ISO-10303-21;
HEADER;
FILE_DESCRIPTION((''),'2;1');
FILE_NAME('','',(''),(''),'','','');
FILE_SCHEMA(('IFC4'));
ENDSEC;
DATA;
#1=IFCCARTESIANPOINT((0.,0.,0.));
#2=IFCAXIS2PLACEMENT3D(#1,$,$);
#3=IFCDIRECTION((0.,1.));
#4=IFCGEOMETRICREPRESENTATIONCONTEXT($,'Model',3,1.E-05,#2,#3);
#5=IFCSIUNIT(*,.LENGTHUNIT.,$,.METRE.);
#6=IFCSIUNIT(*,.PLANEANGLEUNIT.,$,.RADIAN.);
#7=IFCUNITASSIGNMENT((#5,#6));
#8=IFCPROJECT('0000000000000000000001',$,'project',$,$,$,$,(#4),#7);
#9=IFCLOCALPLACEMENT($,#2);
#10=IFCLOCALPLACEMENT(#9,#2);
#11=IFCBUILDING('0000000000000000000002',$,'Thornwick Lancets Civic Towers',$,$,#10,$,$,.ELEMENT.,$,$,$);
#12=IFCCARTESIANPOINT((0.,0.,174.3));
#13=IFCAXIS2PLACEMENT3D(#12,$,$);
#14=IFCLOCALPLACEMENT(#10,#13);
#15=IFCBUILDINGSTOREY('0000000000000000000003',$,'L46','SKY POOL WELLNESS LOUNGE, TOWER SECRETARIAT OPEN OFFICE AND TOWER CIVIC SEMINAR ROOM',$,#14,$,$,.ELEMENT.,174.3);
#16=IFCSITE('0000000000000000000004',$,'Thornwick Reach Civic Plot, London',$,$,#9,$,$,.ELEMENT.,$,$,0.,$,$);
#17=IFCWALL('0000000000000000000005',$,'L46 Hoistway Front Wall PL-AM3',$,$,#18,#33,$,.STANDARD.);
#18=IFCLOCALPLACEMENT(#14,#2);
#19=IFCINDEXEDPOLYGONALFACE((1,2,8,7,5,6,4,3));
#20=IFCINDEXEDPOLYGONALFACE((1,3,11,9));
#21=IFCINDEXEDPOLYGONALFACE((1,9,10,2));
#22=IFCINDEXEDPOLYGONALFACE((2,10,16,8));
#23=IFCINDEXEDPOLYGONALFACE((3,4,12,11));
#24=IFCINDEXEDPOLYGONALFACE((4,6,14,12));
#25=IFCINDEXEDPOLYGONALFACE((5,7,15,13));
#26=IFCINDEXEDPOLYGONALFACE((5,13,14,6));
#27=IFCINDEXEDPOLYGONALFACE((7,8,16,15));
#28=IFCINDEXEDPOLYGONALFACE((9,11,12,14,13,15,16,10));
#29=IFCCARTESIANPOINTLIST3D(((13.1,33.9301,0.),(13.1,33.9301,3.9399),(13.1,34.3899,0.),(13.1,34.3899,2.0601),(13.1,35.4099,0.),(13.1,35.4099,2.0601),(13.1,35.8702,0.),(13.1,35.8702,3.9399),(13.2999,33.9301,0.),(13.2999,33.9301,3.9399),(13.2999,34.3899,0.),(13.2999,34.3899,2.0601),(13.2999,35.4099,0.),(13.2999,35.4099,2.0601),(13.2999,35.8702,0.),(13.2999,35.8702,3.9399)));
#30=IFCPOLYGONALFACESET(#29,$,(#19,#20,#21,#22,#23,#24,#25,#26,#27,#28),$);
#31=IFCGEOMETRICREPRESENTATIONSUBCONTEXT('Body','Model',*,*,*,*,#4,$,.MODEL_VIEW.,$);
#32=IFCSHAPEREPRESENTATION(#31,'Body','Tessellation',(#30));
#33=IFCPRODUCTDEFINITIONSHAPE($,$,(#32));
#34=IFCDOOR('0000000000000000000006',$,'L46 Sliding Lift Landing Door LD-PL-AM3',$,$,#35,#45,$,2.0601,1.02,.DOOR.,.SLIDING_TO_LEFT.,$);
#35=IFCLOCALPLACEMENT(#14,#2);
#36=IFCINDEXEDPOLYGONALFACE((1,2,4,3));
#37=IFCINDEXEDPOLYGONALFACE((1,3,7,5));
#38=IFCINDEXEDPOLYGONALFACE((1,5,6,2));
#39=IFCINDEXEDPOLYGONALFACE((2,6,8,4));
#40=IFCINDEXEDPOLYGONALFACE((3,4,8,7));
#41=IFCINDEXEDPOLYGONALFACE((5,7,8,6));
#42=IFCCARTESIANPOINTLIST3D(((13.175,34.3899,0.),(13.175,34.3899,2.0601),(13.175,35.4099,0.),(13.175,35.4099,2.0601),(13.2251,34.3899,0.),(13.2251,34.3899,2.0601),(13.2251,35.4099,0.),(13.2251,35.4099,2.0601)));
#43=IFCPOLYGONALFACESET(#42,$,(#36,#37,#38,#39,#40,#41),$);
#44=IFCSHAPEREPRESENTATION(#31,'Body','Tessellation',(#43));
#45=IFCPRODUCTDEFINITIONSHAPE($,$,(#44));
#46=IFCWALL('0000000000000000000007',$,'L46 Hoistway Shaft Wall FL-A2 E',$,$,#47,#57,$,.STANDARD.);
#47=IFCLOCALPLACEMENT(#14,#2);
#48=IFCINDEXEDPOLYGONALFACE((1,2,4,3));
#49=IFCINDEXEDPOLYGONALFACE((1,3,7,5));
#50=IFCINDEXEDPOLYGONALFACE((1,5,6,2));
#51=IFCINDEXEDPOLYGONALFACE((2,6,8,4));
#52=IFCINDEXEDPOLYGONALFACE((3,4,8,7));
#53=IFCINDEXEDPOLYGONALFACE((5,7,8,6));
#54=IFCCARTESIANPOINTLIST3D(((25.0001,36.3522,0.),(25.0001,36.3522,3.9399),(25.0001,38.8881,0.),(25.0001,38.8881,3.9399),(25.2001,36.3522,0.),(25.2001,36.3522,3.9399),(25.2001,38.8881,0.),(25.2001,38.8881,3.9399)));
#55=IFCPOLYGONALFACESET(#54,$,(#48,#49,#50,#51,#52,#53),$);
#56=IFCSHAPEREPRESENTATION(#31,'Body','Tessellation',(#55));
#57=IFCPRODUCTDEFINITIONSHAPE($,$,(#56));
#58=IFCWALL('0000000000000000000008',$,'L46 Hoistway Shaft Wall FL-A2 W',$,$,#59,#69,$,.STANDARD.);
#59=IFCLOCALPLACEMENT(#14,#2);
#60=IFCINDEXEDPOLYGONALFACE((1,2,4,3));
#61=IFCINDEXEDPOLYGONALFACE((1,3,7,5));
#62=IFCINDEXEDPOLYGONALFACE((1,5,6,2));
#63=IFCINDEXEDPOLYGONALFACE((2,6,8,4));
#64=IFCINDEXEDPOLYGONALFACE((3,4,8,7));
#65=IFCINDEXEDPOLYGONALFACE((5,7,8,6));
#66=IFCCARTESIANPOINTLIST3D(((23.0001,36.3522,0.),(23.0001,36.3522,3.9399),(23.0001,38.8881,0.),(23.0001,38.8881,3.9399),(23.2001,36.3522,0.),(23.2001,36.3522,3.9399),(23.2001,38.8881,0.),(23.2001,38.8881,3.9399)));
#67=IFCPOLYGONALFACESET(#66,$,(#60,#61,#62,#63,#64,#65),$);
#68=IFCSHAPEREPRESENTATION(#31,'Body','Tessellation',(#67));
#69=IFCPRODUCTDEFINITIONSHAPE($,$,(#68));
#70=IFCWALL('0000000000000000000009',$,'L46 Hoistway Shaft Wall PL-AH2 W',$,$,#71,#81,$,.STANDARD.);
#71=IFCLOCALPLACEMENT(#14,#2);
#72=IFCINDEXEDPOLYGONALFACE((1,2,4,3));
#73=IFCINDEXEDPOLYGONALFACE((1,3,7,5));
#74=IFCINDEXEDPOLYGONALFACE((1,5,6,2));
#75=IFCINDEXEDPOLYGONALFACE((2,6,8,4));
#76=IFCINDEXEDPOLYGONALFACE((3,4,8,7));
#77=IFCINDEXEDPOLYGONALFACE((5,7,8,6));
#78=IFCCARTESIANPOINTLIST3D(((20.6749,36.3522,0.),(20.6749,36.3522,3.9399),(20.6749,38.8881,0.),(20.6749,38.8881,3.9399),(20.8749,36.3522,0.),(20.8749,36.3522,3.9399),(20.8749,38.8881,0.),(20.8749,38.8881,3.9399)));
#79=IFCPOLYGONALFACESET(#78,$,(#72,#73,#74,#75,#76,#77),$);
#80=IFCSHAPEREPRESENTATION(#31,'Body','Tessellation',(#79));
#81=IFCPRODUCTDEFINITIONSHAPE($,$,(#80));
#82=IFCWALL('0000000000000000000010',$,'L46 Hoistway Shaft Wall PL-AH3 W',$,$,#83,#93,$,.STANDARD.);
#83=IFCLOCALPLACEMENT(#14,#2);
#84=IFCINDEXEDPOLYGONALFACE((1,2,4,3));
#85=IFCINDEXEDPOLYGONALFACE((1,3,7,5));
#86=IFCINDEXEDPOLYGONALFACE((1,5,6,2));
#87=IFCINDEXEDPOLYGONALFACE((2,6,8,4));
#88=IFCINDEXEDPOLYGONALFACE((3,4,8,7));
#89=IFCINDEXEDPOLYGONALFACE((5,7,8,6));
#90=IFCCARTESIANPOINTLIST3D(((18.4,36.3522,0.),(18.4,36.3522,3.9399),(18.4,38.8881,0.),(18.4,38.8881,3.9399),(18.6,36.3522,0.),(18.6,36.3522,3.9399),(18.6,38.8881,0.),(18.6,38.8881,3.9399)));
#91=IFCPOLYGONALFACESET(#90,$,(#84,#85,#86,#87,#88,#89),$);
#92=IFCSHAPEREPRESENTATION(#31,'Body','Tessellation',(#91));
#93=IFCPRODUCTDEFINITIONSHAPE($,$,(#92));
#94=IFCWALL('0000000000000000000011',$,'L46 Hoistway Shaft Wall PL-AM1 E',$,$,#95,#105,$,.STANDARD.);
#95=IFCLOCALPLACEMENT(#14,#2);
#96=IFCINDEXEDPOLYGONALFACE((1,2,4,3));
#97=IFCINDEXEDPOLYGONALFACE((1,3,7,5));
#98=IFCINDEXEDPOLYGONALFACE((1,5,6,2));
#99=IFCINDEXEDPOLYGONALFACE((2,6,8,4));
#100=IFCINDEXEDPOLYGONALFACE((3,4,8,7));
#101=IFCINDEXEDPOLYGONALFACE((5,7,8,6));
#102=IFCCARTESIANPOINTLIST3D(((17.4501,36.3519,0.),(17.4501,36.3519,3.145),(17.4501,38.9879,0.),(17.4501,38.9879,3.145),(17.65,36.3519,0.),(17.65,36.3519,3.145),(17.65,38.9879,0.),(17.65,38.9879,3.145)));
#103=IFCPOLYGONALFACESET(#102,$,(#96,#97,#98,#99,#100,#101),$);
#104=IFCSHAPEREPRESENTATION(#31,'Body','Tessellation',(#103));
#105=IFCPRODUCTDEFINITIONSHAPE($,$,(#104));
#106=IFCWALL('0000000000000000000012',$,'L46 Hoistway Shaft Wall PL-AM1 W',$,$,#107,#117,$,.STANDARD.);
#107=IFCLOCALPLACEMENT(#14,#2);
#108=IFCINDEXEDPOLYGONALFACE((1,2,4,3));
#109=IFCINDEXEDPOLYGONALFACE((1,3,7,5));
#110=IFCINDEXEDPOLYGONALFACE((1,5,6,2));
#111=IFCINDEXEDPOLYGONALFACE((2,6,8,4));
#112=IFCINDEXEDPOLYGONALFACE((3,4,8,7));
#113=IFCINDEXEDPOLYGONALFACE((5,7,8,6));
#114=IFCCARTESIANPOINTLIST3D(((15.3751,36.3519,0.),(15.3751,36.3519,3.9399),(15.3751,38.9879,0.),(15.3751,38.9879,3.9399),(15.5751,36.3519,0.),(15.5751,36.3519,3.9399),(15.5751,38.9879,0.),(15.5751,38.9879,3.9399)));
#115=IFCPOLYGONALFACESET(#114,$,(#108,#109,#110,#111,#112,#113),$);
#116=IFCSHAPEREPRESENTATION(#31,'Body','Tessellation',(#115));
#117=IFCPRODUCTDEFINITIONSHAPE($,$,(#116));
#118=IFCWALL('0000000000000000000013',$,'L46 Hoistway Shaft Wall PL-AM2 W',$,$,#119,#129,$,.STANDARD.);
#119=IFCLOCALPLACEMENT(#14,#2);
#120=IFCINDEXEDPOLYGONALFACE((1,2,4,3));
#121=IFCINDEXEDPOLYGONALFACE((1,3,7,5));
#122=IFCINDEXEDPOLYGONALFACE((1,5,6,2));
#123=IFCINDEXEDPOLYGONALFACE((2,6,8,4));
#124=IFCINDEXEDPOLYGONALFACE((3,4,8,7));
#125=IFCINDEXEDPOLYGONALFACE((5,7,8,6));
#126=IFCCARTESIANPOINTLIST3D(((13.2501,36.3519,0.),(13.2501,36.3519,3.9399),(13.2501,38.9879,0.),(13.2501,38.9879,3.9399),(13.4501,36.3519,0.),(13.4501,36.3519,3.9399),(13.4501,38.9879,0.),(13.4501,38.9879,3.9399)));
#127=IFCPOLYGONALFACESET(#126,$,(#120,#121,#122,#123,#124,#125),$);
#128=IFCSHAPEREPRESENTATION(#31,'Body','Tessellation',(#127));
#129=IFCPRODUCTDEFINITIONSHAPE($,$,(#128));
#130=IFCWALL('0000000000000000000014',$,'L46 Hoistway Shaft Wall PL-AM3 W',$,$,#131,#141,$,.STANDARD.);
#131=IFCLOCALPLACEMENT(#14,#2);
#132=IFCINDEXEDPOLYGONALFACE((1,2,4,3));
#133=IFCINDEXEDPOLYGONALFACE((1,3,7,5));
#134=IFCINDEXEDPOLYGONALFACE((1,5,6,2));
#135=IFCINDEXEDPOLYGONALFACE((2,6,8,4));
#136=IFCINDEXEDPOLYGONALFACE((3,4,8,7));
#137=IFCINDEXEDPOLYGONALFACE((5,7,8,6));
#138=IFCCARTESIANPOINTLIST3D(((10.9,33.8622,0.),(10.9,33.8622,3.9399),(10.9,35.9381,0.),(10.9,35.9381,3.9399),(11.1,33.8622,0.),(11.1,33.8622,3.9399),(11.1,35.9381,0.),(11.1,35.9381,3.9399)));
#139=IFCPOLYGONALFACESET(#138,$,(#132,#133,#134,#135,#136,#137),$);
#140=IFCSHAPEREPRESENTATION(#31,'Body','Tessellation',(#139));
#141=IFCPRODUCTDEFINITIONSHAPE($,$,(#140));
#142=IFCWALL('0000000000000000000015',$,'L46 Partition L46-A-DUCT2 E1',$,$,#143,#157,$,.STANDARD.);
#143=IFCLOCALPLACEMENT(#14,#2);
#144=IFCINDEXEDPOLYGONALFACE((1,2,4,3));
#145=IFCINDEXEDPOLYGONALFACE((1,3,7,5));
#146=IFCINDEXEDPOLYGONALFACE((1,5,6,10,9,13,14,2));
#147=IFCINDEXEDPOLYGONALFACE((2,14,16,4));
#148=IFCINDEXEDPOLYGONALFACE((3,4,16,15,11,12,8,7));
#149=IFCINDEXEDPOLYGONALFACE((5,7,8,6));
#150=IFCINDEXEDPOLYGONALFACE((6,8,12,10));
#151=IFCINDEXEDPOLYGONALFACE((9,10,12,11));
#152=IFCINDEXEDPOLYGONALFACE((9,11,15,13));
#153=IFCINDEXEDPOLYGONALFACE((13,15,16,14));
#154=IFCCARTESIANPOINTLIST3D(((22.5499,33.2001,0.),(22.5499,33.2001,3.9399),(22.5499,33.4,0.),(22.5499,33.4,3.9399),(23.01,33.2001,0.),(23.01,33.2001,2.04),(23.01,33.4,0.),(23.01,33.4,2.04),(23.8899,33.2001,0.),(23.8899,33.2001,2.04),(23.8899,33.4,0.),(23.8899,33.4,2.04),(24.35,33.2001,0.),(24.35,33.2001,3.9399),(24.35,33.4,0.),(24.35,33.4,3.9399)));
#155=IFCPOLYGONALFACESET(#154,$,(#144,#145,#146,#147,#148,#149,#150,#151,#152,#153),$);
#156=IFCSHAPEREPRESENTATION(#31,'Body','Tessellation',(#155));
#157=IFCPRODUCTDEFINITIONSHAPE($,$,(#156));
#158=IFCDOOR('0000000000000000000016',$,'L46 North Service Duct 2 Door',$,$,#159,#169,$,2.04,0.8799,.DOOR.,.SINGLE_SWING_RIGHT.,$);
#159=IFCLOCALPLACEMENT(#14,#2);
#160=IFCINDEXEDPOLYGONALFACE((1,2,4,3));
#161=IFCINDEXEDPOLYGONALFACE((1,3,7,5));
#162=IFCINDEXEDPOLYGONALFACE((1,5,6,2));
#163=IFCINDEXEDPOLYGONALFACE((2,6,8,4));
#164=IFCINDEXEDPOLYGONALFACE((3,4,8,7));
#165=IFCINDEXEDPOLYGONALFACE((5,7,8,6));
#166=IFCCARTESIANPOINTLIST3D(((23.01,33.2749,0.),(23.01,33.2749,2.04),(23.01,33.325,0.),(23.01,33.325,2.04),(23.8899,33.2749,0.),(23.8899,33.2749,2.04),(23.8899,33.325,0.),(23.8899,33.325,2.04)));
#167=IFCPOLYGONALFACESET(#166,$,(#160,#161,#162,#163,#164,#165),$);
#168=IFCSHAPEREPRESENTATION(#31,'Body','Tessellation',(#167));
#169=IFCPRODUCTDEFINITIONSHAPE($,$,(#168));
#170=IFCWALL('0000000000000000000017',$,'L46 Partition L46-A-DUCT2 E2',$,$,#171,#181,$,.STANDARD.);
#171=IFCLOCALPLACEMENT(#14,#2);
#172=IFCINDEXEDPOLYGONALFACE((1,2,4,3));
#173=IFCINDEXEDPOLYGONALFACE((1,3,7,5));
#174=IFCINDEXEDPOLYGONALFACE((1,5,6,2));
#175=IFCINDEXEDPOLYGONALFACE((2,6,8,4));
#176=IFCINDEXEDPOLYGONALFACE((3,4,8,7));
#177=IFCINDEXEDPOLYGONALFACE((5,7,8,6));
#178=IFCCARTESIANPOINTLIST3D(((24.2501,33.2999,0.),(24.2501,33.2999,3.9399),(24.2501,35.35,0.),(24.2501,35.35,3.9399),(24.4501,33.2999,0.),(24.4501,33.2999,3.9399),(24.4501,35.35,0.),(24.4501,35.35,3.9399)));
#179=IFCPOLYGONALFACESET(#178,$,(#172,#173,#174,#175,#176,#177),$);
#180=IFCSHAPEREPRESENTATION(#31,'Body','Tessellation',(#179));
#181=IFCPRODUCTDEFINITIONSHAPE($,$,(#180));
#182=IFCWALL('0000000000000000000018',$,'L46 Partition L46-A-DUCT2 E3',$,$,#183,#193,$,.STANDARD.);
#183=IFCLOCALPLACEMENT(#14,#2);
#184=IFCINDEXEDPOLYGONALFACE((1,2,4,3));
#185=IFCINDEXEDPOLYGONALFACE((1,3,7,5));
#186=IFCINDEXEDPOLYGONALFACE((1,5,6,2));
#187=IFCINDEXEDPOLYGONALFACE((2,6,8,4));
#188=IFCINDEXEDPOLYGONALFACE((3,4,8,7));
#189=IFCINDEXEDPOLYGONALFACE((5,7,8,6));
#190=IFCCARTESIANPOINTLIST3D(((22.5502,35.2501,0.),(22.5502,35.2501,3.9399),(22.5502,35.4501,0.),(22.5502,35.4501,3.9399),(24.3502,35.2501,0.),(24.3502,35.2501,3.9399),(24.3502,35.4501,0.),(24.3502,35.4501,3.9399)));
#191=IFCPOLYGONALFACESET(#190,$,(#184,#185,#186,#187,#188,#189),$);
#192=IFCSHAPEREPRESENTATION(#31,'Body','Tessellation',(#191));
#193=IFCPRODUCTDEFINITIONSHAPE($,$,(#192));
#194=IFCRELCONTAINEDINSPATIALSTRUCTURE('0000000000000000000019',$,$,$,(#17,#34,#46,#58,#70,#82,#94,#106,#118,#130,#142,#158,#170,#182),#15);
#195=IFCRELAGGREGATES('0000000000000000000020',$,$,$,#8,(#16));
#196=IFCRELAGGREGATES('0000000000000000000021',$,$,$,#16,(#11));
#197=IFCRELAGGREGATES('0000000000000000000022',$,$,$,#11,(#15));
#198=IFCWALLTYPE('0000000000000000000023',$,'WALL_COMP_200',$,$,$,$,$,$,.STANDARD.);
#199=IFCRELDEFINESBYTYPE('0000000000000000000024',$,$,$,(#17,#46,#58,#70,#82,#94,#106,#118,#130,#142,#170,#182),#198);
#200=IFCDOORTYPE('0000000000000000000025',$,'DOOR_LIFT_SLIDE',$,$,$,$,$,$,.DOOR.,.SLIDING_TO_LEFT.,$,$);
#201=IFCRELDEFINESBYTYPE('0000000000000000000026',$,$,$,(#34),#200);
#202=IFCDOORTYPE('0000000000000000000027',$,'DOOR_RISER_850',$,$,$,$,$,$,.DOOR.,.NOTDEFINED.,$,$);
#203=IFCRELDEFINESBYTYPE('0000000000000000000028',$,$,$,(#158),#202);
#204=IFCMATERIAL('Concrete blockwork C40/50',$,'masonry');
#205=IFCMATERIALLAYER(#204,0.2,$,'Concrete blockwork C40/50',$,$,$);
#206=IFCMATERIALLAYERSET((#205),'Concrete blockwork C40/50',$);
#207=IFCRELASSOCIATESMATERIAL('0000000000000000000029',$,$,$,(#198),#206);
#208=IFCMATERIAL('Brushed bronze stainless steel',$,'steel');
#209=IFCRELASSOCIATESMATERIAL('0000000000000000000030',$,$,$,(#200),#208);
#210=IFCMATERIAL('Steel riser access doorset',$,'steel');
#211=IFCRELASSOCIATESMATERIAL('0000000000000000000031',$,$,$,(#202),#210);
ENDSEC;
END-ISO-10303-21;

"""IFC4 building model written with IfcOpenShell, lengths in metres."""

from ifc_helpers import new_model, si_unit, direction, frame, frame_2d, origin, place, context, subcontext, project, spatial, rectangle, extrude, material, layer, layer_set, type_object, element, fill, save


model = new_model("IFC4")

# Units and contexts
model_context = context("Model", 3, precision=1e-05, world=origin(), true_north=direction((0.0, 1.0)))
body_context = subcontext(model_context, "Body", "Model", "MODEL_VIEW")
ifc_project = project(units=[si_unit("LENGTHUNIT", "METRE"), si_unit("PLANEANGLEUNIT", "RADIAN")], contexts=[model_context])

# Site, building, storey
site_placement = place(None, origin())
site = spatial("IfcSite", under=ifc_project, at=site_placement, Name="Thornwick Reach Civic Plot, London", CompositionType="ELEMENT", RefElevation=0.0)
building_placement = place(site_placement, origin())
building = spatial("IfcBuilding", under=site, at=building_placement, Name="Thornwick Lancets Civic Towers", CompositionType="ELEMENT")
storey_placement = place(building_placement, frame((0.0, 0.0, 174.3)))
storey = spatial("IfcBuildingStorey", under=building, at=storey_placement, Name="L46", Description="SKY POOL WELLNESS LOUNGE, TOWER SECRETARIAT OPEN OFFICE AND TOWER CIVIC SEMINAR ROOM", CompositionType="ELEMENT", Elevation=174.3)

# Wall, opening, door
ifc_material_1 = material(Name="Concrete blockwork C40/50", Category="masonry")
ifc_layer_1 = layer(ifc_material_1, 0.2, Name="Concrete blockwork C40/50")
ifc_layer_set_1 = layer_set([ifc_layer_1], Name="Concrete blockwork C40/50")
wall_type_1 = type_object("IfcWallType", Name="WALL_COMP_200", PredefinedType="STANDARD", material=ifc_layer_set_1)
ifc_material_2 = material(Name="Brushed bronze stainless steel", Category="steel")
door_type_1 = type_object("IfcDoorType", Name="DOOR_LIFT_SLIDE", OperationType="SLIDING_TO_LEFT", PredefinedType="DOOR", material=ifc_material_2)
wall_1_placement = place(storey_placement, frame((13.2, 33.9299, 0.0), z_axis=(0.0, 0.0, 1.0), x_axis=(0.0, 1.0, 0.0)))
wall_1 = element("IfcWall", 1, at=wall_1_placement, inside=storey, type_object=wall_type_1, Name="L46 Hoistway Front Wall PL-AM3", PredefinedType="STANDARD", context=body_context, shape_type="SweptSolid", body=[
    extrude(rectangle(XDim=1.9402, YDim=0.2, at=frame_2d((0.9702, 0.0))), origin(), (0.0, 0.0, 1.0), 3.9399),
])
opening_1_placement = place(wall_1_placement, frame((0.46, 0.0, 0.0)))
opening_1 = element("IfcOpeningElement", 2, at=opening_1_placement, cuts=wall_1, PredefinedType="OPENING", context=body_context, shape_type="SweptSolid", body=[
    extrude(rectangle(XDim=1.02, YDim=2.0601, at=frame_2d((0.51, 1.03))), frame((0.0, 0.1099, 0.0), z_axis=(0.0, -1.0, 0.0), x_axis=(1.0, 0.0, 0.0)), (0.0, 0.0, 1.0), 0.22),
])
door_1_placement = place(opening_1_placement, origin())
door_1 = element("IfcDoor", 3, at=door_1_placement, inside=storey, type_object=door_type_1, Name="L46 Sliding Lift Landing Door LD-PL-AM3", OperationType="SLIDING_TO_LEFT", OverallHeight=2.0601, OverallWidth=1.02, PredefinedType="DOOR", context=body_context, shape_type="SweptSolid", body=[
    extrude(rectangle(XDim=1.02, YDim=2.0601, at=frame_2d((0.51, 1.03))), frame((0.0, 0.0249, 0.0), z_axis=(0.0, -1.0, 0.0), x_axis=(1.0, 0.0, 0.0)), (0.0, 0.0, 1.0), 0.05),
])
fill(opening_1, door_1)

# Walls
for number, where, z_axis, x_axis, name in (
    (4, (25.1001, 36.3521, 0.0), (0.0, 0.0, 1.0), (0.0, 1.0, 0.0), "L46 Hoistway Shaft Wall FL-A2 E"),
    (5, (23.1001, 36.3521, 0.0), (0.0, 0.0, 1.0), (0.0, 1.0, 0.0), "L46 Hoistway Shaft Wall FL-A2 W"),
    (6, (20.7749, 36.3521, 0.0), (0.0, 0.0, 1.0), (0.0, 1.0, 0.0), "L46 Hoistway Shaft Wall PL-AH2 W"),
    (7, (18.5, 36.3521, 0.0), (0.0, 0.0, 1.0), (0.0, 1.0, 0.0), "L46 Hoistway Shaft Wall PL-AH3 W"),
):
    element("IfcWall", number, at=place(storey_placement, frame(where, z_axis=z_axis, x_axis=x_axis)), inside=storey, type_object=wall_type_1, Name=name, PredefinedType="STANDARD", context=body_context, shape_type="SweptSolid", body=[
        extrude(rectangle(XDim=2.5359, YDim=0.2, at=frame_2d((1.2681, 0.0))), origin(), (0.0, 0.0, 1.0), 3.9399),
    ])
wall_2_placement = place(storey_placement, frame((17.55, 36.3521, 0.0), z_axis=(0.0, 0.0, 1.0), x_axis=(0.0, 1.0, 0.0)))
element("IfcWall", 8, at=wall_2_placement, inside=storey, type_object=wall_type_1, Name="L46 Hoistway Shaft Wall PL-AM1 E", PredefinedType="STANDARD", context=body_context, shape_type="SweptSolid", body=[
    extrude(rectangle(XDim=2.636, YDim=0.2, at=frame_2d((1.3179, 0.0))), origin(), (0.0, 0.0, 1.0), 3.145),
])
for number, where, z_axis, x_axis, name in (
    (9, (15.4751, 36.3521, 0.0), (0.0, 0.0, 1.0), (0.0, 1.0, 0.0), "L46 Hoistway Shaft Wall PL-AM1 W"),
    (10, (13.3501, 36.3521, 0.0), (0.0, 0.0, 1.0), (0.0, 1.0, 0.0), "L46 Hoistway Shaft Wall PL-AM2 W"),
):
    element("IfcWall", number, at=place(storey_placement, frame(where, z_axis=z_axis, x_axis=x_axis)), inside=storey, type_object=wall_type_1, Name=name, PredefinedType="STANDARD", context=body_context, shape_type="SweptSolid", body=[
        extrude(rectangle(XDim=2.636, YDim=0.2, at=frame_2d((1.3179, 0.0))), origin(), (0.0, 0.0, 1.0), 3.9399),
    ])
wall_3_placement = place(storey_placement, frame((11.0, 33.8621, 0.0), z_axis=(0.0, 0.0, 1.0), x_axis=(0.0, 1.0, 0.0)))
element("IfcWall", 11, at=wall_3_placement, inside=storey, type_object=wall_type_1, Name="L46 Hoistway Shaft Wall PL-AM3 W", PredefinedType="STANDARD", context=body_context, shape_type="SweptSolid", body=[
    extrude(rectangle(XDim=2.0759, YDim=0.2, at=frame_2d((1.0381, 0.0))), origin(), (0.0, 0.0, 1.0), 3.9399),
])

# Wall, opening, door
wall_4_placement = place(storey_placement, frame((22.55, 33.3, 0.0), z_axis=(0.0, 0.0, 1.0), x_axis=(1.0, 0.0, 0.0)))
wall_4 = element("IfcWall", 12, at=wall_4_placement, inside=storey, type_object=wall_type_1, Name="L46 Partition L46-A-DUCT2 E1", PredefinedType="STANDARD", context=body_context, shape_type="SweptSolid", body=[
    extrude(rectangle(XDim=1.8, YDim=0.2, at=frame_2d((0.8999, 0.0))), origin(), (0.0, 0.0, 1.0), 3.9399),
])
opening_2_placement = place(wall_4_placement, frame((0.46, 0.0, 0.0)))
opening_2 = element("IfcOpeningElement", 13, at=opening_2_placement, cuts=wall_4, PredefinedType="OPENING", context=body_context, shape_type="SweptSolid", body=[
    extrude(rectangle(XDim=0.8799, YDim=2.04, at=frame_2d((0.4399, 1.02))), frame((0.0, 0.1099, 0.0), z_axis=(0.0, -1.0, 0.0), x_axis=(1.0, 0.0, 0.0)), (0.0, 0.0, 1.0), 0.22),
])
ifc_material_3 = material(Name="Steel riser access doorset", Category="steel")
door_type_2 = type_object("IfcDoorType", Name="DOOR_RISER_850", OperationType="NOTDEFINED", PredefinedType="DOOR", material=ifc_material_3)
door_2_placement = place(opening_2_placement, origin())
door_2 = element("IfcDoor", 14, at=door_2_placement, inside=storey, type_object=door_type_2, Name="L46 North Service Duct 2 Door", OperationType="SINGLE_SWING_RIGHT", OverallHeight=2.04, OverallWidth=0.8799, PredefinedType="DOOR", context=body_context, shape_type="SweptSolid", body=[
    extrude(rectangle(XDim=0.8799, YDim=2.04, at=frame_2d((0.4399, 1.02))), frame((0.0, 0.0249, 0.0), z_axis=(0.0, -1.0, 0.0), x_axis=(1.0, 0.0, 0.0)), (0.0, 0.0, 1.0), 0.05),
])
fill(opening_2, door_2)

# Walls
wall_5_placement = place(storey_placement, frame((24.3501, 33.3, 0.0), z_axis=(0.0, 0.0, 1.0), x_axis=(0.0, 1.0, 0.0)))
element("IfcWall", 15, at=wall_5_placement, inside=storey, type_object=wall_type_1, Name="L46 Partition L46-A-DUCT2 E2", PredefinedType="STANDARD", context=body_context, shape_type="SweptSolid", body=[
    extrude(rectangle(XDim=2.05, YDim=0.2, at=frame_2d((1.0249, 0.0))), origin(), (0.0, 0.0, 1.0), 3.9399),
])
wall_6_placement = place(storey_placement, frame((24.3501, 35.3501, 0.0), z_axis=(0.0, 0.0, 1.0), x_axis=(-1.0, 0.0, 0.0)))
element("IfcWall", 16, at=wall_6_placement, inside=storey, type_object=wall_type_1, Name="L46 Partition L46-A-DUCT2 E3", PredefinedType="STANDARD", context=body_context, shape_type="SweptSolid", body=[
    extrude(rectangle(XDim=1.8, YDim=0.2, at=frame_2d((0.8999, 0.0))), origin(), (0.0, 0.0, 1.0), 3.9399),
])

save(model, "model.ifc")
